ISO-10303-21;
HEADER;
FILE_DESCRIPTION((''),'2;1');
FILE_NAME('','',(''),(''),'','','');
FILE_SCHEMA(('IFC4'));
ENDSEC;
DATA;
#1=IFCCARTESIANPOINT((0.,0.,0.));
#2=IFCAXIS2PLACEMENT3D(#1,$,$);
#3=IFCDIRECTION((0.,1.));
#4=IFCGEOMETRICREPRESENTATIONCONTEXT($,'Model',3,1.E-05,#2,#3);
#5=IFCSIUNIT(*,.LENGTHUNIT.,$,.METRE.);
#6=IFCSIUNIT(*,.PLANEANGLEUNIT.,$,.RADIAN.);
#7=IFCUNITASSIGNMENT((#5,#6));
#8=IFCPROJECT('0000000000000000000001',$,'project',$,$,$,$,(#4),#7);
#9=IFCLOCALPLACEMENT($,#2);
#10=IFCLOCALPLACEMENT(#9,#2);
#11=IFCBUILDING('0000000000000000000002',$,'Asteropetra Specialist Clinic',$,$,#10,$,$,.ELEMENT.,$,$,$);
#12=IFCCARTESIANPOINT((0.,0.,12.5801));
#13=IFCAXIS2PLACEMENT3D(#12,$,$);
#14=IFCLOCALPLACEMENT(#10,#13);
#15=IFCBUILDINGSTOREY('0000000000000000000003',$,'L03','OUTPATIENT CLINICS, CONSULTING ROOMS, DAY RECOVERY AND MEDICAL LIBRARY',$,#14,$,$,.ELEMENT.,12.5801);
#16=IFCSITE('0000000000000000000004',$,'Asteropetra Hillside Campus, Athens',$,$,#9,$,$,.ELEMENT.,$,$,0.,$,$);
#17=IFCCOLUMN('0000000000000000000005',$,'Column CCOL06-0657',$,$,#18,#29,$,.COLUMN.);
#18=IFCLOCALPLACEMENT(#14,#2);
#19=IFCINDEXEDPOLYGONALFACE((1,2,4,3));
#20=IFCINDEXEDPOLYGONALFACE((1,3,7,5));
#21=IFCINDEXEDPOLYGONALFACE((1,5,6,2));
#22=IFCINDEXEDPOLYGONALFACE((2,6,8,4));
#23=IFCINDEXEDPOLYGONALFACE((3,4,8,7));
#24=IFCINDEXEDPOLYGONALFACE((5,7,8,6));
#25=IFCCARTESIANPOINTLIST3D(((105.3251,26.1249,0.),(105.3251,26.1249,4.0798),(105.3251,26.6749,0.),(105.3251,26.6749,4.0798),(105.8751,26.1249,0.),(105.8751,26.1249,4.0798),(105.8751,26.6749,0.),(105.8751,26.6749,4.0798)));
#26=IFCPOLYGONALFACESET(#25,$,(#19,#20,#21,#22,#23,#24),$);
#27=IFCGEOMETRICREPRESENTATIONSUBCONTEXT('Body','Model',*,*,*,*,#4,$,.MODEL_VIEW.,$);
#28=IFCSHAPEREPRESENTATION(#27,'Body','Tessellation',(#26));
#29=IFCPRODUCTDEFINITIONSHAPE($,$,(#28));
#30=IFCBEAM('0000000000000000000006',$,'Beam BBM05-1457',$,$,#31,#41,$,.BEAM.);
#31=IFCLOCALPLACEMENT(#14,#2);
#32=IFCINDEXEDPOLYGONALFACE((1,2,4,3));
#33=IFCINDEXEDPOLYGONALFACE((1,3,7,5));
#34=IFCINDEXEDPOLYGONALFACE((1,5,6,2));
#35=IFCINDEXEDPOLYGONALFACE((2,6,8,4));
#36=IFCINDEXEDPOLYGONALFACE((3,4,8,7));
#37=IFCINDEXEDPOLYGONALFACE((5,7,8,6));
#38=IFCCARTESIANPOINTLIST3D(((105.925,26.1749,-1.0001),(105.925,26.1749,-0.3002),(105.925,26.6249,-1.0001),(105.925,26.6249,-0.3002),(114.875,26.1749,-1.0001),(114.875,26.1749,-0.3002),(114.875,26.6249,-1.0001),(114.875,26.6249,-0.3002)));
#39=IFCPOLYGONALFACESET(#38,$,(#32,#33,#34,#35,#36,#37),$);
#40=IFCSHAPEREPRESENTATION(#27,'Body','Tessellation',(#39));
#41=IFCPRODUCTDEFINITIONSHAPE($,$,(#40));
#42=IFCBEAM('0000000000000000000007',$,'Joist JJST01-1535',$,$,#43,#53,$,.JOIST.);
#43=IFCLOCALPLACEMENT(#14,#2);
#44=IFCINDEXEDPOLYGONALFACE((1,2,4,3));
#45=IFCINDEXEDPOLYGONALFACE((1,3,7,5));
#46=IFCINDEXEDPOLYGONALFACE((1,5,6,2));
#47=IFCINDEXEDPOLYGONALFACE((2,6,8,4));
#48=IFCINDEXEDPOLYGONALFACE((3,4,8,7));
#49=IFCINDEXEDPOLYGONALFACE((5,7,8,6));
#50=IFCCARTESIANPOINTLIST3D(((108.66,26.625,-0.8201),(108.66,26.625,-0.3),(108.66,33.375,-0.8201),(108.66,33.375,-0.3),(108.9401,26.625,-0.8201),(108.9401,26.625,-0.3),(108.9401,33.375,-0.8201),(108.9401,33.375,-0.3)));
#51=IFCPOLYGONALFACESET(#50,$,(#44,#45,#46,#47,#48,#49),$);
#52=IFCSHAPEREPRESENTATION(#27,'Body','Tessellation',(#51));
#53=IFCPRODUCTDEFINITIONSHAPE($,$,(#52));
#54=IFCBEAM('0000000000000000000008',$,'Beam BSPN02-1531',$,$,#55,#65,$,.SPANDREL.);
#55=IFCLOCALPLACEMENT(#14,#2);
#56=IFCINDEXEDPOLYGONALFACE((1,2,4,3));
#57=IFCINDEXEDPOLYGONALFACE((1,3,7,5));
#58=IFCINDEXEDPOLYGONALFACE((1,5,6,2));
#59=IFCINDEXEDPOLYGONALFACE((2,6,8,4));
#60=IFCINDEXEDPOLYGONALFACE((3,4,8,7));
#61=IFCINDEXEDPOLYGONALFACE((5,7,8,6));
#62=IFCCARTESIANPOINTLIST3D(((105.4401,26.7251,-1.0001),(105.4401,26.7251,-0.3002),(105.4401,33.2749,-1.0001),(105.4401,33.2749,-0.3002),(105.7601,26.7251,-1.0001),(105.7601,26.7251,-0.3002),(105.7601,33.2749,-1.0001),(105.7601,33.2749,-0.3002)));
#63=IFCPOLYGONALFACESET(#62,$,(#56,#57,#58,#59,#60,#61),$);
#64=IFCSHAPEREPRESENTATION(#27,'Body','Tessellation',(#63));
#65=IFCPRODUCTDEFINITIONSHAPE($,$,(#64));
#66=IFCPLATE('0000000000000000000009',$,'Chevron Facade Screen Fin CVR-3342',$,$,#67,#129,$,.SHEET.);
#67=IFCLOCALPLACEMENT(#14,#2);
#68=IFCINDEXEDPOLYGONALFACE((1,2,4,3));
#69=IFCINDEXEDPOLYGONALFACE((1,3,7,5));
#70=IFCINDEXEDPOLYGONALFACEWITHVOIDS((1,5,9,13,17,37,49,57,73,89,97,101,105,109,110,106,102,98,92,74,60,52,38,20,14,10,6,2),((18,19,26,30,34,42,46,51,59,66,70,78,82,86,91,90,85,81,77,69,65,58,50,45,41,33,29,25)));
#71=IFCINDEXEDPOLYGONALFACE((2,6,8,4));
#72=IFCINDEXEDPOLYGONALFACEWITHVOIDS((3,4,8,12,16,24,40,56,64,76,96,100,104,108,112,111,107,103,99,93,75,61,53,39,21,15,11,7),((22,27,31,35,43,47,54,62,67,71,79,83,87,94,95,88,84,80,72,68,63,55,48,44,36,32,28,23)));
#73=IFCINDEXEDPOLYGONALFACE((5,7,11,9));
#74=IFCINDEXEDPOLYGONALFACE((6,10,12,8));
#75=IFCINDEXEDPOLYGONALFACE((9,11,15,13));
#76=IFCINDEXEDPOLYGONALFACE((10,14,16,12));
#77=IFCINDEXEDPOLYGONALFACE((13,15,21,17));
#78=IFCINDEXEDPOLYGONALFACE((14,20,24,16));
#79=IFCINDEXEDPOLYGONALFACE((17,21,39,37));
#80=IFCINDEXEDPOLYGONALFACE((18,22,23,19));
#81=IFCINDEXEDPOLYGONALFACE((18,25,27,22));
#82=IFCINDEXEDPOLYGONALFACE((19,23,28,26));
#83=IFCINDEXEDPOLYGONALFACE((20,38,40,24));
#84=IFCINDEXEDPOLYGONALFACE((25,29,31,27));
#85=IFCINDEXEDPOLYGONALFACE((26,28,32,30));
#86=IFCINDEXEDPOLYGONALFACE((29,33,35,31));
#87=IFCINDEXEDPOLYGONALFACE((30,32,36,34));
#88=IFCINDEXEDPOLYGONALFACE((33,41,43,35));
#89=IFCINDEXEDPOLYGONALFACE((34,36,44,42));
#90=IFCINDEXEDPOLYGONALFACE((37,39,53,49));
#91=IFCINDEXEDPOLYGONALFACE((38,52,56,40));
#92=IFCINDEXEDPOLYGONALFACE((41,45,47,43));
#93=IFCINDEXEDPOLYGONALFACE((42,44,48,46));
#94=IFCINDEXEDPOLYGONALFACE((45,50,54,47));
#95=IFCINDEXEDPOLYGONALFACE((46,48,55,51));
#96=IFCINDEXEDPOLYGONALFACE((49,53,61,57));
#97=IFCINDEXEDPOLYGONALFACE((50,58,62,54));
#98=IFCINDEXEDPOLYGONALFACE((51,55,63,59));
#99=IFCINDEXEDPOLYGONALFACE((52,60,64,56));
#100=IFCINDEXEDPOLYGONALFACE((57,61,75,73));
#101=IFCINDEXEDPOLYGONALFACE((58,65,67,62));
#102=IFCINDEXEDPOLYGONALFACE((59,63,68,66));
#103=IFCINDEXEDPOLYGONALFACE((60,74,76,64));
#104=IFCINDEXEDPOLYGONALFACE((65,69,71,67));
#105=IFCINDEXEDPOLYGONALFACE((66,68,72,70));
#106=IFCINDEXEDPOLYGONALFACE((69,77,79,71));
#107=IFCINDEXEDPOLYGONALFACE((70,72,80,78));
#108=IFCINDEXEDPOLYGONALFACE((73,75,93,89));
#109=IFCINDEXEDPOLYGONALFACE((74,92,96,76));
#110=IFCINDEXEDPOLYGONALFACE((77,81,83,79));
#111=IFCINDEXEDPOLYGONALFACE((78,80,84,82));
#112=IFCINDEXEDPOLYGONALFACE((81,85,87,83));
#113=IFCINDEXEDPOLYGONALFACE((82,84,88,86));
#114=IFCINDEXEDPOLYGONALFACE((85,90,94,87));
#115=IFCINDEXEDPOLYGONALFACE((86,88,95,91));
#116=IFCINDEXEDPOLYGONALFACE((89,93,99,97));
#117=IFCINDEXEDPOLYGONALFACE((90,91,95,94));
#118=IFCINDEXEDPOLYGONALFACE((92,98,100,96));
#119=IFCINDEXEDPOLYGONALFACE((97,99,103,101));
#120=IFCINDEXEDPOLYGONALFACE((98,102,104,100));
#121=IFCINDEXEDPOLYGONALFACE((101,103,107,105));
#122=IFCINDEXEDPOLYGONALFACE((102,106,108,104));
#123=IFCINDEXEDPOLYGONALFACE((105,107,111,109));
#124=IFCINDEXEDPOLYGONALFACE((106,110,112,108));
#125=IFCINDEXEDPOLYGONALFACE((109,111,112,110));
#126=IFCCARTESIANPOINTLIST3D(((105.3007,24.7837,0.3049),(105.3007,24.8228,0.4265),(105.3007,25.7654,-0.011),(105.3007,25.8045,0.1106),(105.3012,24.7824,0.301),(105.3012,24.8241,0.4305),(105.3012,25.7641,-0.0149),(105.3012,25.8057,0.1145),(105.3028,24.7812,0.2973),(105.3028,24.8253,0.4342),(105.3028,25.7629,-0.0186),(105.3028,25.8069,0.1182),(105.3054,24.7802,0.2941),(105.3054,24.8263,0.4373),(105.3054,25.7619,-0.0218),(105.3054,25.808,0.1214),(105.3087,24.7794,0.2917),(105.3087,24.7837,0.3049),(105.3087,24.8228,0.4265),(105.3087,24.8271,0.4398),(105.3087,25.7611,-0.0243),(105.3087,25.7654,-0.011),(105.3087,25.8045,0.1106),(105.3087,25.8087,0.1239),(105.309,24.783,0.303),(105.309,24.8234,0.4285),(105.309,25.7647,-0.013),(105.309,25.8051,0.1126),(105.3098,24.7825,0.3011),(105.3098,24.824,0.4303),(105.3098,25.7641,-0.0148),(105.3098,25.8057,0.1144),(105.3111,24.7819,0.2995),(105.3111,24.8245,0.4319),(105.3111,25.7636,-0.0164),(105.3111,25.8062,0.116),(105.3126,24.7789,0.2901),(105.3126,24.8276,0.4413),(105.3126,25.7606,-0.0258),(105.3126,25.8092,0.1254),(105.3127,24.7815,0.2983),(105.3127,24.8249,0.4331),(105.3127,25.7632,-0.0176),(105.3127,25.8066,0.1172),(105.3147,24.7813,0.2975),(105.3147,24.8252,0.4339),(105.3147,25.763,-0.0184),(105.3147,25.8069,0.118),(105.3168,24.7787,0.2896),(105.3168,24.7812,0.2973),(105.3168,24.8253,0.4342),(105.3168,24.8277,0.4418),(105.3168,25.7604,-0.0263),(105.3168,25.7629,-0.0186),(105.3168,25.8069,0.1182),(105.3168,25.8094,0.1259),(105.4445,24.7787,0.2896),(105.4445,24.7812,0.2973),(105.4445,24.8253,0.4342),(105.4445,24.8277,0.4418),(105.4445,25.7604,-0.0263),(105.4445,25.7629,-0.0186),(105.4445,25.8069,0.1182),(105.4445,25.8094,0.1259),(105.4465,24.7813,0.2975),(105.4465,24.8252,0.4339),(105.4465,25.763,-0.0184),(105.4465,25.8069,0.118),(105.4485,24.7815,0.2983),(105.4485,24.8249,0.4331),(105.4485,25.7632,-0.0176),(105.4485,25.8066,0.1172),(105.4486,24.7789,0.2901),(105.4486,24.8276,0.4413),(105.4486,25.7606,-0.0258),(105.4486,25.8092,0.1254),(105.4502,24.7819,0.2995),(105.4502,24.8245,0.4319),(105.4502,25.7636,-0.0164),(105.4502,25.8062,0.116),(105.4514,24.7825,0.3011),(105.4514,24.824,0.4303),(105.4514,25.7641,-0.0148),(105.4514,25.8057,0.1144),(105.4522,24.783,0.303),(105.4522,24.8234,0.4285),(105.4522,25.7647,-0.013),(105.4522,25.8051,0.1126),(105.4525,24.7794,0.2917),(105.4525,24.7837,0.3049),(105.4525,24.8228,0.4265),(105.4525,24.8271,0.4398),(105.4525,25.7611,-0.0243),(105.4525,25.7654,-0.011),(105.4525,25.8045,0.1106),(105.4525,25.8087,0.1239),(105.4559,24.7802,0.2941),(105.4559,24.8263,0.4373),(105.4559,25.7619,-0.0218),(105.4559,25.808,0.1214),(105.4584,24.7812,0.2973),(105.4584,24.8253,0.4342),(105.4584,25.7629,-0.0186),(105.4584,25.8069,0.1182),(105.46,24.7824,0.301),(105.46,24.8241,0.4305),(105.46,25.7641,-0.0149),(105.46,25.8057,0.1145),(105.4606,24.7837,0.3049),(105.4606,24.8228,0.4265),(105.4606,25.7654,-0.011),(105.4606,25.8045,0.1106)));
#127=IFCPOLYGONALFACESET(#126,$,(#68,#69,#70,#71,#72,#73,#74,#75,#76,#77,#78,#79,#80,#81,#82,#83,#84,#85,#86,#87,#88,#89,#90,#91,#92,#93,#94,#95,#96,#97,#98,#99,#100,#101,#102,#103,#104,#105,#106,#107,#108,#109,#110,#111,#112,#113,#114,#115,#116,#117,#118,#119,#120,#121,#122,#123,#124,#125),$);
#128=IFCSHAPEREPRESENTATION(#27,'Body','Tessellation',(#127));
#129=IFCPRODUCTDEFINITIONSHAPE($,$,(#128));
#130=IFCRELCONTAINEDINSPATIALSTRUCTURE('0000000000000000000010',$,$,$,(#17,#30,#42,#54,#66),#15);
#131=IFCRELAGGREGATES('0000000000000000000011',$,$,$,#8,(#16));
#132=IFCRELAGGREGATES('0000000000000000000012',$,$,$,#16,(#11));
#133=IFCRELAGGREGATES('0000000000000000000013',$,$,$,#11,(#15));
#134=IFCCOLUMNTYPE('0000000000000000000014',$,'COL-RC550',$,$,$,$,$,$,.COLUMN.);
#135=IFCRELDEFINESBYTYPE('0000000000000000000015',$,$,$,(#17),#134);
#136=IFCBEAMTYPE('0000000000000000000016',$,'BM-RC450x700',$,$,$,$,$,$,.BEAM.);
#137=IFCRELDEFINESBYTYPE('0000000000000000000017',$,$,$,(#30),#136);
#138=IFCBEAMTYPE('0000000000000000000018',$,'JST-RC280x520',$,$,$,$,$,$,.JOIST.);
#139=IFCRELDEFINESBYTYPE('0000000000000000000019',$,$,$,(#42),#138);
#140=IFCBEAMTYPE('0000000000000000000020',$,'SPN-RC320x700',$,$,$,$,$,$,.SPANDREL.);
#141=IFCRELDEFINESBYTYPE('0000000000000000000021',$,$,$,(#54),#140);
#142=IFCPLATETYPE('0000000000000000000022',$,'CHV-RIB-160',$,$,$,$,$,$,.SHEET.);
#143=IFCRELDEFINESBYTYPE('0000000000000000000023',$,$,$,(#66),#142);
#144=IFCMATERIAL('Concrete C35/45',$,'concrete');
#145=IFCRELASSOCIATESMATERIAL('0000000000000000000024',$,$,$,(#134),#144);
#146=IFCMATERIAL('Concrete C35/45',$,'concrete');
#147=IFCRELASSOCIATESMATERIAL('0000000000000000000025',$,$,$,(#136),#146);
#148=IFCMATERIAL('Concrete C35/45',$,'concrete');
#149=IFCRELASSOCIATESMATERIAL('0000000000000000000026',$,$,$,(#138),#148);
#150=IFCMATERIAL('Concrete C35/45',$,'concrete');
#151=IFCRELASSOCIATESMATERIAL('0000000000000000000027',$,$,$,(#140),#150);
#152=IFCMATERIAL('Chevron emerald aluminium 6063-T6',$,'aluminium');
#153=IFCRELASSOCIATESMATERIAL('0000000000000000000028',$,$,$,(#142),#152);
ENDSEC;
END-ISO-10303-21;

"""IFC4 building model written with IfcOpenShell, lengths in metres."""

from ifc_helpers import new_model, si_unit, direction, frame, origin, origin_2d, place, context, subcontext, project, spatial, rectangle, hollow_rectangle, extrude, material, material_profile, profile_set, type_object, element, save


model = new_model("IFC4")

# Units and contexts
model_context = context("Model", 3, precision=1e-05, world=origin(), true_north=direction((0.0, 1.0)))
body_context = subcontext(model_context, "Body", "Model", "MODEL_VIEW")
ifc_project = project(units=[si_unit("LENGTHUNIT", "METRE"), si_unit("PLANEANGLEUNIT", "RADIAN")], contexts=[model_context])

# Site, building, storey
site_placement = place(None, origin())
site = spatial("IfcSite", under=ifc_project, at=site_placement, Name="Asteropetra Hillside Campus, Athens", CompositionType="ELEMENT", RefElevation=0.0)
building_placement = place(site_placement, origin())
building = spatial("IfcBuilding", under=site, at=building_placement, Name="Asteropetra Specialist Clinic", CompositionType="ELEMENT")
storey_placement = place(building_placement, frame((0.0, 0.0, 12.5801)))
storey = spatial("IfcBuildingStorey", under=building, at=storey_placement, Name="L03", Description="OUTPATIENT CLINICS, CONSULTING ROOMS, DAY RECOVERY AND MEDICAL LIBRARY", CompositionType="ELEMENT", Elevation=12.5801)

# Column
ifc_material_1 = material(Name="Concrete C35/45", Category="concrete")
ifc_material_profile_1 = material_profile(ifc_material_1, rectangle(XDim=0.55, YDim=0.55, at=origin_2d()), Name="RC 550x550")
ifc_profile_set_1 = profile_set([ifc_material_profile_1], Name="Concrete C35/45")
column_type = type_object("IfcColumnType", Name="COL-RC550", PredefinedType="COLUMN", material=ifc_profile_set_1)
column_placement = place(storey_placement, frame((105.6001, 26.3999, 0.0), z_axis=(0.0, 0.0, 1.0), x_axis=(1.0, 0.0, 0.0)))
element("IfcColumn", 1, at=column_placement, inside=storey, type_object=column_type, Name="Column CCOL06-0657", PredefinedType="COLUMN", context=body_context, shape_type="SweptSolid", body=[
    extrude(rectangle(XDim=0.55, YDim=0.55, at=origin_2d()), origin(), (0.0, 0.0, 1.0), 4.0798),
])

# Beams
ifc_material_2 = material(Name="Concrete C35/45", Category="concrete")
ifc_material_profile_2 = material_profile(ifc_material_2, rectangle(XDim=0.45, YDim=0.7, at=origin_2d()), Name="RCB 450x700")
ifc_profile_set_2 = profile_set([ifc_material_profile_2], Name="Concrete C35/45")
beam_type_1 = type_object("IfcBeamType", Name="BM-RC450x700", PredefinedType="BEAM", material=ifc_profile_set_2)
beam_1_placement = place(storey_placement, frame((105.925, 26.3999, -0.6501), z_axis=(1.0, 0.0, 0.0), x_axis=(0.0, 1.0, 0.0)))
element("IfcBeam", 2, at=beam_1_placement, inside=storey, type_object=beam_type_1, Name="Beam BBM05-1457", PredefinedType="BEAM", context=body_context, shape_type="SweptSolid", body=[
    extrude(rectangle(XDim=0.45, YDim=0.7, at=origin_2d()), origin(), (0.0, 0.0, 1.0), 8.95),
])
ifc_material_3 = material(Name="Concrete C35/45", Category="concrete")
ifc_material_profile_3 = material_profile(ifc_material_3, rectangle(XDim=0.28, YDim=0.52, at=origin_2d()), Name="RCJ 280x520")
ifc_profile_set_3 = profile_set([ifc_material_profile_3], Name="Concrete C35/45")
beam_type_2 = type_object("IfcBeamType", Name="JST-RC280x520", PredefinedType="JOIST", material=ifc_profile_set_3)
beam_2_placement = place(storey_placement, frame((108.8, 26.625, -0.5601), z_axis=(0.0, 1.0, 0.0), x_axis=(-1.0, 0.0, 0.0)))
element("IfcBeam", 3, at=beam_2_placement, inside=storey, type_object=beam_type_2, Name="Joist JJST01-1535", PredefinedType="JOIST", context=body_context, shape_type="SweptSolid", body=[
    extrude(rectangle(XDim=0.28, YDim=0.52, at=origin_2d()), origin(), (0.0, 0.0, 1.0), 6.75),
])
ifc_material_4 = material(Name="Concrete C35/45", Category="concrete")
ifc_material_profile_4 = material_profile(ifc_material_4, rectangle(XDim=0.3201, YDim=0.7, at=origin_2d()), Name="RCS 320x700")
ifc_profile_set_4 = profile_set([ifc_material_profile_4], Name="Concrete C35/45")
beam_type_3 = type_object("IfcBeamType", Name="SPN-RC320x700", PredefinedType="SPANDREL", material=ifc_profile_set_4)
beam_3_placement = place(storey_placement, frame((105.6001, 26.7251, -0.6501), z_axis=(0.0, 1.0, 0.0), x_axis=(-1.0, 0.0, 0.0)))
element("IfcBeam", 4, at=beam_3_placement, inside=storey, type_object=beam_type_3, Name="Beam BSPN02-1531", PredefinedType="SPANDREL", context=body_context, shape_type="SweptSolid", body=[
    extrude(rectangle(XDim=0.3201, YDim=0.7, at=origin_2d()), origin(), (0.0, 0.0, 1.0), 6.5498),
])

# Plate
ifc_material_5 = material(Name="Chevron emerald aluminium 6063-T6", Category="aluminium")
ifc_material_profile_5 = material_profile(ifc_material_5, hollow_rectangle(XDim=0.1599, YDim=0.1599, WallThickness=0.0081, InnerFilletRadius=0.0081, OuterFilletRadius=0.0161, at=origin_2d()), Name="SHS 160x160x8.0")
ifc_profile_set_5 = profile_set([ifc_material_profile_5], Name="Chevron emerald aluminium 6063-T6")
plate_type_1 = type_object("IfcPlateType", Name="CHV-RIB-160", PredefinedType="SHEET", material=ifc_profile_set_5)
plate_1_placement = place(storey_placement, frame((105.3806, 25.7849, 0.0498), z_axis=(0.0, -0.951923, 0.306339), x_axis=(1.0, 0.0, 0.0)))
element("IfcPlate", 5, at=plate_1_placement, inside=storey, type_object=plate_type_1, Name="Chevron Facade Screen Fin CVR-3342", PredefinedType="SHEET", context=body_context, shape_type="SweptSolid", body=[
    extrude(hollow_rectangle(XDim=0.1599, YDim=0.1599, WallThickness=0.0081, InnerFilletRadius=0.0081, OuterFilletRadius=0.0161, at=origin_2d()), origin(), (0.0, 0.0, 1.0), 1.0312),
])

save(model, "model.ifc")
